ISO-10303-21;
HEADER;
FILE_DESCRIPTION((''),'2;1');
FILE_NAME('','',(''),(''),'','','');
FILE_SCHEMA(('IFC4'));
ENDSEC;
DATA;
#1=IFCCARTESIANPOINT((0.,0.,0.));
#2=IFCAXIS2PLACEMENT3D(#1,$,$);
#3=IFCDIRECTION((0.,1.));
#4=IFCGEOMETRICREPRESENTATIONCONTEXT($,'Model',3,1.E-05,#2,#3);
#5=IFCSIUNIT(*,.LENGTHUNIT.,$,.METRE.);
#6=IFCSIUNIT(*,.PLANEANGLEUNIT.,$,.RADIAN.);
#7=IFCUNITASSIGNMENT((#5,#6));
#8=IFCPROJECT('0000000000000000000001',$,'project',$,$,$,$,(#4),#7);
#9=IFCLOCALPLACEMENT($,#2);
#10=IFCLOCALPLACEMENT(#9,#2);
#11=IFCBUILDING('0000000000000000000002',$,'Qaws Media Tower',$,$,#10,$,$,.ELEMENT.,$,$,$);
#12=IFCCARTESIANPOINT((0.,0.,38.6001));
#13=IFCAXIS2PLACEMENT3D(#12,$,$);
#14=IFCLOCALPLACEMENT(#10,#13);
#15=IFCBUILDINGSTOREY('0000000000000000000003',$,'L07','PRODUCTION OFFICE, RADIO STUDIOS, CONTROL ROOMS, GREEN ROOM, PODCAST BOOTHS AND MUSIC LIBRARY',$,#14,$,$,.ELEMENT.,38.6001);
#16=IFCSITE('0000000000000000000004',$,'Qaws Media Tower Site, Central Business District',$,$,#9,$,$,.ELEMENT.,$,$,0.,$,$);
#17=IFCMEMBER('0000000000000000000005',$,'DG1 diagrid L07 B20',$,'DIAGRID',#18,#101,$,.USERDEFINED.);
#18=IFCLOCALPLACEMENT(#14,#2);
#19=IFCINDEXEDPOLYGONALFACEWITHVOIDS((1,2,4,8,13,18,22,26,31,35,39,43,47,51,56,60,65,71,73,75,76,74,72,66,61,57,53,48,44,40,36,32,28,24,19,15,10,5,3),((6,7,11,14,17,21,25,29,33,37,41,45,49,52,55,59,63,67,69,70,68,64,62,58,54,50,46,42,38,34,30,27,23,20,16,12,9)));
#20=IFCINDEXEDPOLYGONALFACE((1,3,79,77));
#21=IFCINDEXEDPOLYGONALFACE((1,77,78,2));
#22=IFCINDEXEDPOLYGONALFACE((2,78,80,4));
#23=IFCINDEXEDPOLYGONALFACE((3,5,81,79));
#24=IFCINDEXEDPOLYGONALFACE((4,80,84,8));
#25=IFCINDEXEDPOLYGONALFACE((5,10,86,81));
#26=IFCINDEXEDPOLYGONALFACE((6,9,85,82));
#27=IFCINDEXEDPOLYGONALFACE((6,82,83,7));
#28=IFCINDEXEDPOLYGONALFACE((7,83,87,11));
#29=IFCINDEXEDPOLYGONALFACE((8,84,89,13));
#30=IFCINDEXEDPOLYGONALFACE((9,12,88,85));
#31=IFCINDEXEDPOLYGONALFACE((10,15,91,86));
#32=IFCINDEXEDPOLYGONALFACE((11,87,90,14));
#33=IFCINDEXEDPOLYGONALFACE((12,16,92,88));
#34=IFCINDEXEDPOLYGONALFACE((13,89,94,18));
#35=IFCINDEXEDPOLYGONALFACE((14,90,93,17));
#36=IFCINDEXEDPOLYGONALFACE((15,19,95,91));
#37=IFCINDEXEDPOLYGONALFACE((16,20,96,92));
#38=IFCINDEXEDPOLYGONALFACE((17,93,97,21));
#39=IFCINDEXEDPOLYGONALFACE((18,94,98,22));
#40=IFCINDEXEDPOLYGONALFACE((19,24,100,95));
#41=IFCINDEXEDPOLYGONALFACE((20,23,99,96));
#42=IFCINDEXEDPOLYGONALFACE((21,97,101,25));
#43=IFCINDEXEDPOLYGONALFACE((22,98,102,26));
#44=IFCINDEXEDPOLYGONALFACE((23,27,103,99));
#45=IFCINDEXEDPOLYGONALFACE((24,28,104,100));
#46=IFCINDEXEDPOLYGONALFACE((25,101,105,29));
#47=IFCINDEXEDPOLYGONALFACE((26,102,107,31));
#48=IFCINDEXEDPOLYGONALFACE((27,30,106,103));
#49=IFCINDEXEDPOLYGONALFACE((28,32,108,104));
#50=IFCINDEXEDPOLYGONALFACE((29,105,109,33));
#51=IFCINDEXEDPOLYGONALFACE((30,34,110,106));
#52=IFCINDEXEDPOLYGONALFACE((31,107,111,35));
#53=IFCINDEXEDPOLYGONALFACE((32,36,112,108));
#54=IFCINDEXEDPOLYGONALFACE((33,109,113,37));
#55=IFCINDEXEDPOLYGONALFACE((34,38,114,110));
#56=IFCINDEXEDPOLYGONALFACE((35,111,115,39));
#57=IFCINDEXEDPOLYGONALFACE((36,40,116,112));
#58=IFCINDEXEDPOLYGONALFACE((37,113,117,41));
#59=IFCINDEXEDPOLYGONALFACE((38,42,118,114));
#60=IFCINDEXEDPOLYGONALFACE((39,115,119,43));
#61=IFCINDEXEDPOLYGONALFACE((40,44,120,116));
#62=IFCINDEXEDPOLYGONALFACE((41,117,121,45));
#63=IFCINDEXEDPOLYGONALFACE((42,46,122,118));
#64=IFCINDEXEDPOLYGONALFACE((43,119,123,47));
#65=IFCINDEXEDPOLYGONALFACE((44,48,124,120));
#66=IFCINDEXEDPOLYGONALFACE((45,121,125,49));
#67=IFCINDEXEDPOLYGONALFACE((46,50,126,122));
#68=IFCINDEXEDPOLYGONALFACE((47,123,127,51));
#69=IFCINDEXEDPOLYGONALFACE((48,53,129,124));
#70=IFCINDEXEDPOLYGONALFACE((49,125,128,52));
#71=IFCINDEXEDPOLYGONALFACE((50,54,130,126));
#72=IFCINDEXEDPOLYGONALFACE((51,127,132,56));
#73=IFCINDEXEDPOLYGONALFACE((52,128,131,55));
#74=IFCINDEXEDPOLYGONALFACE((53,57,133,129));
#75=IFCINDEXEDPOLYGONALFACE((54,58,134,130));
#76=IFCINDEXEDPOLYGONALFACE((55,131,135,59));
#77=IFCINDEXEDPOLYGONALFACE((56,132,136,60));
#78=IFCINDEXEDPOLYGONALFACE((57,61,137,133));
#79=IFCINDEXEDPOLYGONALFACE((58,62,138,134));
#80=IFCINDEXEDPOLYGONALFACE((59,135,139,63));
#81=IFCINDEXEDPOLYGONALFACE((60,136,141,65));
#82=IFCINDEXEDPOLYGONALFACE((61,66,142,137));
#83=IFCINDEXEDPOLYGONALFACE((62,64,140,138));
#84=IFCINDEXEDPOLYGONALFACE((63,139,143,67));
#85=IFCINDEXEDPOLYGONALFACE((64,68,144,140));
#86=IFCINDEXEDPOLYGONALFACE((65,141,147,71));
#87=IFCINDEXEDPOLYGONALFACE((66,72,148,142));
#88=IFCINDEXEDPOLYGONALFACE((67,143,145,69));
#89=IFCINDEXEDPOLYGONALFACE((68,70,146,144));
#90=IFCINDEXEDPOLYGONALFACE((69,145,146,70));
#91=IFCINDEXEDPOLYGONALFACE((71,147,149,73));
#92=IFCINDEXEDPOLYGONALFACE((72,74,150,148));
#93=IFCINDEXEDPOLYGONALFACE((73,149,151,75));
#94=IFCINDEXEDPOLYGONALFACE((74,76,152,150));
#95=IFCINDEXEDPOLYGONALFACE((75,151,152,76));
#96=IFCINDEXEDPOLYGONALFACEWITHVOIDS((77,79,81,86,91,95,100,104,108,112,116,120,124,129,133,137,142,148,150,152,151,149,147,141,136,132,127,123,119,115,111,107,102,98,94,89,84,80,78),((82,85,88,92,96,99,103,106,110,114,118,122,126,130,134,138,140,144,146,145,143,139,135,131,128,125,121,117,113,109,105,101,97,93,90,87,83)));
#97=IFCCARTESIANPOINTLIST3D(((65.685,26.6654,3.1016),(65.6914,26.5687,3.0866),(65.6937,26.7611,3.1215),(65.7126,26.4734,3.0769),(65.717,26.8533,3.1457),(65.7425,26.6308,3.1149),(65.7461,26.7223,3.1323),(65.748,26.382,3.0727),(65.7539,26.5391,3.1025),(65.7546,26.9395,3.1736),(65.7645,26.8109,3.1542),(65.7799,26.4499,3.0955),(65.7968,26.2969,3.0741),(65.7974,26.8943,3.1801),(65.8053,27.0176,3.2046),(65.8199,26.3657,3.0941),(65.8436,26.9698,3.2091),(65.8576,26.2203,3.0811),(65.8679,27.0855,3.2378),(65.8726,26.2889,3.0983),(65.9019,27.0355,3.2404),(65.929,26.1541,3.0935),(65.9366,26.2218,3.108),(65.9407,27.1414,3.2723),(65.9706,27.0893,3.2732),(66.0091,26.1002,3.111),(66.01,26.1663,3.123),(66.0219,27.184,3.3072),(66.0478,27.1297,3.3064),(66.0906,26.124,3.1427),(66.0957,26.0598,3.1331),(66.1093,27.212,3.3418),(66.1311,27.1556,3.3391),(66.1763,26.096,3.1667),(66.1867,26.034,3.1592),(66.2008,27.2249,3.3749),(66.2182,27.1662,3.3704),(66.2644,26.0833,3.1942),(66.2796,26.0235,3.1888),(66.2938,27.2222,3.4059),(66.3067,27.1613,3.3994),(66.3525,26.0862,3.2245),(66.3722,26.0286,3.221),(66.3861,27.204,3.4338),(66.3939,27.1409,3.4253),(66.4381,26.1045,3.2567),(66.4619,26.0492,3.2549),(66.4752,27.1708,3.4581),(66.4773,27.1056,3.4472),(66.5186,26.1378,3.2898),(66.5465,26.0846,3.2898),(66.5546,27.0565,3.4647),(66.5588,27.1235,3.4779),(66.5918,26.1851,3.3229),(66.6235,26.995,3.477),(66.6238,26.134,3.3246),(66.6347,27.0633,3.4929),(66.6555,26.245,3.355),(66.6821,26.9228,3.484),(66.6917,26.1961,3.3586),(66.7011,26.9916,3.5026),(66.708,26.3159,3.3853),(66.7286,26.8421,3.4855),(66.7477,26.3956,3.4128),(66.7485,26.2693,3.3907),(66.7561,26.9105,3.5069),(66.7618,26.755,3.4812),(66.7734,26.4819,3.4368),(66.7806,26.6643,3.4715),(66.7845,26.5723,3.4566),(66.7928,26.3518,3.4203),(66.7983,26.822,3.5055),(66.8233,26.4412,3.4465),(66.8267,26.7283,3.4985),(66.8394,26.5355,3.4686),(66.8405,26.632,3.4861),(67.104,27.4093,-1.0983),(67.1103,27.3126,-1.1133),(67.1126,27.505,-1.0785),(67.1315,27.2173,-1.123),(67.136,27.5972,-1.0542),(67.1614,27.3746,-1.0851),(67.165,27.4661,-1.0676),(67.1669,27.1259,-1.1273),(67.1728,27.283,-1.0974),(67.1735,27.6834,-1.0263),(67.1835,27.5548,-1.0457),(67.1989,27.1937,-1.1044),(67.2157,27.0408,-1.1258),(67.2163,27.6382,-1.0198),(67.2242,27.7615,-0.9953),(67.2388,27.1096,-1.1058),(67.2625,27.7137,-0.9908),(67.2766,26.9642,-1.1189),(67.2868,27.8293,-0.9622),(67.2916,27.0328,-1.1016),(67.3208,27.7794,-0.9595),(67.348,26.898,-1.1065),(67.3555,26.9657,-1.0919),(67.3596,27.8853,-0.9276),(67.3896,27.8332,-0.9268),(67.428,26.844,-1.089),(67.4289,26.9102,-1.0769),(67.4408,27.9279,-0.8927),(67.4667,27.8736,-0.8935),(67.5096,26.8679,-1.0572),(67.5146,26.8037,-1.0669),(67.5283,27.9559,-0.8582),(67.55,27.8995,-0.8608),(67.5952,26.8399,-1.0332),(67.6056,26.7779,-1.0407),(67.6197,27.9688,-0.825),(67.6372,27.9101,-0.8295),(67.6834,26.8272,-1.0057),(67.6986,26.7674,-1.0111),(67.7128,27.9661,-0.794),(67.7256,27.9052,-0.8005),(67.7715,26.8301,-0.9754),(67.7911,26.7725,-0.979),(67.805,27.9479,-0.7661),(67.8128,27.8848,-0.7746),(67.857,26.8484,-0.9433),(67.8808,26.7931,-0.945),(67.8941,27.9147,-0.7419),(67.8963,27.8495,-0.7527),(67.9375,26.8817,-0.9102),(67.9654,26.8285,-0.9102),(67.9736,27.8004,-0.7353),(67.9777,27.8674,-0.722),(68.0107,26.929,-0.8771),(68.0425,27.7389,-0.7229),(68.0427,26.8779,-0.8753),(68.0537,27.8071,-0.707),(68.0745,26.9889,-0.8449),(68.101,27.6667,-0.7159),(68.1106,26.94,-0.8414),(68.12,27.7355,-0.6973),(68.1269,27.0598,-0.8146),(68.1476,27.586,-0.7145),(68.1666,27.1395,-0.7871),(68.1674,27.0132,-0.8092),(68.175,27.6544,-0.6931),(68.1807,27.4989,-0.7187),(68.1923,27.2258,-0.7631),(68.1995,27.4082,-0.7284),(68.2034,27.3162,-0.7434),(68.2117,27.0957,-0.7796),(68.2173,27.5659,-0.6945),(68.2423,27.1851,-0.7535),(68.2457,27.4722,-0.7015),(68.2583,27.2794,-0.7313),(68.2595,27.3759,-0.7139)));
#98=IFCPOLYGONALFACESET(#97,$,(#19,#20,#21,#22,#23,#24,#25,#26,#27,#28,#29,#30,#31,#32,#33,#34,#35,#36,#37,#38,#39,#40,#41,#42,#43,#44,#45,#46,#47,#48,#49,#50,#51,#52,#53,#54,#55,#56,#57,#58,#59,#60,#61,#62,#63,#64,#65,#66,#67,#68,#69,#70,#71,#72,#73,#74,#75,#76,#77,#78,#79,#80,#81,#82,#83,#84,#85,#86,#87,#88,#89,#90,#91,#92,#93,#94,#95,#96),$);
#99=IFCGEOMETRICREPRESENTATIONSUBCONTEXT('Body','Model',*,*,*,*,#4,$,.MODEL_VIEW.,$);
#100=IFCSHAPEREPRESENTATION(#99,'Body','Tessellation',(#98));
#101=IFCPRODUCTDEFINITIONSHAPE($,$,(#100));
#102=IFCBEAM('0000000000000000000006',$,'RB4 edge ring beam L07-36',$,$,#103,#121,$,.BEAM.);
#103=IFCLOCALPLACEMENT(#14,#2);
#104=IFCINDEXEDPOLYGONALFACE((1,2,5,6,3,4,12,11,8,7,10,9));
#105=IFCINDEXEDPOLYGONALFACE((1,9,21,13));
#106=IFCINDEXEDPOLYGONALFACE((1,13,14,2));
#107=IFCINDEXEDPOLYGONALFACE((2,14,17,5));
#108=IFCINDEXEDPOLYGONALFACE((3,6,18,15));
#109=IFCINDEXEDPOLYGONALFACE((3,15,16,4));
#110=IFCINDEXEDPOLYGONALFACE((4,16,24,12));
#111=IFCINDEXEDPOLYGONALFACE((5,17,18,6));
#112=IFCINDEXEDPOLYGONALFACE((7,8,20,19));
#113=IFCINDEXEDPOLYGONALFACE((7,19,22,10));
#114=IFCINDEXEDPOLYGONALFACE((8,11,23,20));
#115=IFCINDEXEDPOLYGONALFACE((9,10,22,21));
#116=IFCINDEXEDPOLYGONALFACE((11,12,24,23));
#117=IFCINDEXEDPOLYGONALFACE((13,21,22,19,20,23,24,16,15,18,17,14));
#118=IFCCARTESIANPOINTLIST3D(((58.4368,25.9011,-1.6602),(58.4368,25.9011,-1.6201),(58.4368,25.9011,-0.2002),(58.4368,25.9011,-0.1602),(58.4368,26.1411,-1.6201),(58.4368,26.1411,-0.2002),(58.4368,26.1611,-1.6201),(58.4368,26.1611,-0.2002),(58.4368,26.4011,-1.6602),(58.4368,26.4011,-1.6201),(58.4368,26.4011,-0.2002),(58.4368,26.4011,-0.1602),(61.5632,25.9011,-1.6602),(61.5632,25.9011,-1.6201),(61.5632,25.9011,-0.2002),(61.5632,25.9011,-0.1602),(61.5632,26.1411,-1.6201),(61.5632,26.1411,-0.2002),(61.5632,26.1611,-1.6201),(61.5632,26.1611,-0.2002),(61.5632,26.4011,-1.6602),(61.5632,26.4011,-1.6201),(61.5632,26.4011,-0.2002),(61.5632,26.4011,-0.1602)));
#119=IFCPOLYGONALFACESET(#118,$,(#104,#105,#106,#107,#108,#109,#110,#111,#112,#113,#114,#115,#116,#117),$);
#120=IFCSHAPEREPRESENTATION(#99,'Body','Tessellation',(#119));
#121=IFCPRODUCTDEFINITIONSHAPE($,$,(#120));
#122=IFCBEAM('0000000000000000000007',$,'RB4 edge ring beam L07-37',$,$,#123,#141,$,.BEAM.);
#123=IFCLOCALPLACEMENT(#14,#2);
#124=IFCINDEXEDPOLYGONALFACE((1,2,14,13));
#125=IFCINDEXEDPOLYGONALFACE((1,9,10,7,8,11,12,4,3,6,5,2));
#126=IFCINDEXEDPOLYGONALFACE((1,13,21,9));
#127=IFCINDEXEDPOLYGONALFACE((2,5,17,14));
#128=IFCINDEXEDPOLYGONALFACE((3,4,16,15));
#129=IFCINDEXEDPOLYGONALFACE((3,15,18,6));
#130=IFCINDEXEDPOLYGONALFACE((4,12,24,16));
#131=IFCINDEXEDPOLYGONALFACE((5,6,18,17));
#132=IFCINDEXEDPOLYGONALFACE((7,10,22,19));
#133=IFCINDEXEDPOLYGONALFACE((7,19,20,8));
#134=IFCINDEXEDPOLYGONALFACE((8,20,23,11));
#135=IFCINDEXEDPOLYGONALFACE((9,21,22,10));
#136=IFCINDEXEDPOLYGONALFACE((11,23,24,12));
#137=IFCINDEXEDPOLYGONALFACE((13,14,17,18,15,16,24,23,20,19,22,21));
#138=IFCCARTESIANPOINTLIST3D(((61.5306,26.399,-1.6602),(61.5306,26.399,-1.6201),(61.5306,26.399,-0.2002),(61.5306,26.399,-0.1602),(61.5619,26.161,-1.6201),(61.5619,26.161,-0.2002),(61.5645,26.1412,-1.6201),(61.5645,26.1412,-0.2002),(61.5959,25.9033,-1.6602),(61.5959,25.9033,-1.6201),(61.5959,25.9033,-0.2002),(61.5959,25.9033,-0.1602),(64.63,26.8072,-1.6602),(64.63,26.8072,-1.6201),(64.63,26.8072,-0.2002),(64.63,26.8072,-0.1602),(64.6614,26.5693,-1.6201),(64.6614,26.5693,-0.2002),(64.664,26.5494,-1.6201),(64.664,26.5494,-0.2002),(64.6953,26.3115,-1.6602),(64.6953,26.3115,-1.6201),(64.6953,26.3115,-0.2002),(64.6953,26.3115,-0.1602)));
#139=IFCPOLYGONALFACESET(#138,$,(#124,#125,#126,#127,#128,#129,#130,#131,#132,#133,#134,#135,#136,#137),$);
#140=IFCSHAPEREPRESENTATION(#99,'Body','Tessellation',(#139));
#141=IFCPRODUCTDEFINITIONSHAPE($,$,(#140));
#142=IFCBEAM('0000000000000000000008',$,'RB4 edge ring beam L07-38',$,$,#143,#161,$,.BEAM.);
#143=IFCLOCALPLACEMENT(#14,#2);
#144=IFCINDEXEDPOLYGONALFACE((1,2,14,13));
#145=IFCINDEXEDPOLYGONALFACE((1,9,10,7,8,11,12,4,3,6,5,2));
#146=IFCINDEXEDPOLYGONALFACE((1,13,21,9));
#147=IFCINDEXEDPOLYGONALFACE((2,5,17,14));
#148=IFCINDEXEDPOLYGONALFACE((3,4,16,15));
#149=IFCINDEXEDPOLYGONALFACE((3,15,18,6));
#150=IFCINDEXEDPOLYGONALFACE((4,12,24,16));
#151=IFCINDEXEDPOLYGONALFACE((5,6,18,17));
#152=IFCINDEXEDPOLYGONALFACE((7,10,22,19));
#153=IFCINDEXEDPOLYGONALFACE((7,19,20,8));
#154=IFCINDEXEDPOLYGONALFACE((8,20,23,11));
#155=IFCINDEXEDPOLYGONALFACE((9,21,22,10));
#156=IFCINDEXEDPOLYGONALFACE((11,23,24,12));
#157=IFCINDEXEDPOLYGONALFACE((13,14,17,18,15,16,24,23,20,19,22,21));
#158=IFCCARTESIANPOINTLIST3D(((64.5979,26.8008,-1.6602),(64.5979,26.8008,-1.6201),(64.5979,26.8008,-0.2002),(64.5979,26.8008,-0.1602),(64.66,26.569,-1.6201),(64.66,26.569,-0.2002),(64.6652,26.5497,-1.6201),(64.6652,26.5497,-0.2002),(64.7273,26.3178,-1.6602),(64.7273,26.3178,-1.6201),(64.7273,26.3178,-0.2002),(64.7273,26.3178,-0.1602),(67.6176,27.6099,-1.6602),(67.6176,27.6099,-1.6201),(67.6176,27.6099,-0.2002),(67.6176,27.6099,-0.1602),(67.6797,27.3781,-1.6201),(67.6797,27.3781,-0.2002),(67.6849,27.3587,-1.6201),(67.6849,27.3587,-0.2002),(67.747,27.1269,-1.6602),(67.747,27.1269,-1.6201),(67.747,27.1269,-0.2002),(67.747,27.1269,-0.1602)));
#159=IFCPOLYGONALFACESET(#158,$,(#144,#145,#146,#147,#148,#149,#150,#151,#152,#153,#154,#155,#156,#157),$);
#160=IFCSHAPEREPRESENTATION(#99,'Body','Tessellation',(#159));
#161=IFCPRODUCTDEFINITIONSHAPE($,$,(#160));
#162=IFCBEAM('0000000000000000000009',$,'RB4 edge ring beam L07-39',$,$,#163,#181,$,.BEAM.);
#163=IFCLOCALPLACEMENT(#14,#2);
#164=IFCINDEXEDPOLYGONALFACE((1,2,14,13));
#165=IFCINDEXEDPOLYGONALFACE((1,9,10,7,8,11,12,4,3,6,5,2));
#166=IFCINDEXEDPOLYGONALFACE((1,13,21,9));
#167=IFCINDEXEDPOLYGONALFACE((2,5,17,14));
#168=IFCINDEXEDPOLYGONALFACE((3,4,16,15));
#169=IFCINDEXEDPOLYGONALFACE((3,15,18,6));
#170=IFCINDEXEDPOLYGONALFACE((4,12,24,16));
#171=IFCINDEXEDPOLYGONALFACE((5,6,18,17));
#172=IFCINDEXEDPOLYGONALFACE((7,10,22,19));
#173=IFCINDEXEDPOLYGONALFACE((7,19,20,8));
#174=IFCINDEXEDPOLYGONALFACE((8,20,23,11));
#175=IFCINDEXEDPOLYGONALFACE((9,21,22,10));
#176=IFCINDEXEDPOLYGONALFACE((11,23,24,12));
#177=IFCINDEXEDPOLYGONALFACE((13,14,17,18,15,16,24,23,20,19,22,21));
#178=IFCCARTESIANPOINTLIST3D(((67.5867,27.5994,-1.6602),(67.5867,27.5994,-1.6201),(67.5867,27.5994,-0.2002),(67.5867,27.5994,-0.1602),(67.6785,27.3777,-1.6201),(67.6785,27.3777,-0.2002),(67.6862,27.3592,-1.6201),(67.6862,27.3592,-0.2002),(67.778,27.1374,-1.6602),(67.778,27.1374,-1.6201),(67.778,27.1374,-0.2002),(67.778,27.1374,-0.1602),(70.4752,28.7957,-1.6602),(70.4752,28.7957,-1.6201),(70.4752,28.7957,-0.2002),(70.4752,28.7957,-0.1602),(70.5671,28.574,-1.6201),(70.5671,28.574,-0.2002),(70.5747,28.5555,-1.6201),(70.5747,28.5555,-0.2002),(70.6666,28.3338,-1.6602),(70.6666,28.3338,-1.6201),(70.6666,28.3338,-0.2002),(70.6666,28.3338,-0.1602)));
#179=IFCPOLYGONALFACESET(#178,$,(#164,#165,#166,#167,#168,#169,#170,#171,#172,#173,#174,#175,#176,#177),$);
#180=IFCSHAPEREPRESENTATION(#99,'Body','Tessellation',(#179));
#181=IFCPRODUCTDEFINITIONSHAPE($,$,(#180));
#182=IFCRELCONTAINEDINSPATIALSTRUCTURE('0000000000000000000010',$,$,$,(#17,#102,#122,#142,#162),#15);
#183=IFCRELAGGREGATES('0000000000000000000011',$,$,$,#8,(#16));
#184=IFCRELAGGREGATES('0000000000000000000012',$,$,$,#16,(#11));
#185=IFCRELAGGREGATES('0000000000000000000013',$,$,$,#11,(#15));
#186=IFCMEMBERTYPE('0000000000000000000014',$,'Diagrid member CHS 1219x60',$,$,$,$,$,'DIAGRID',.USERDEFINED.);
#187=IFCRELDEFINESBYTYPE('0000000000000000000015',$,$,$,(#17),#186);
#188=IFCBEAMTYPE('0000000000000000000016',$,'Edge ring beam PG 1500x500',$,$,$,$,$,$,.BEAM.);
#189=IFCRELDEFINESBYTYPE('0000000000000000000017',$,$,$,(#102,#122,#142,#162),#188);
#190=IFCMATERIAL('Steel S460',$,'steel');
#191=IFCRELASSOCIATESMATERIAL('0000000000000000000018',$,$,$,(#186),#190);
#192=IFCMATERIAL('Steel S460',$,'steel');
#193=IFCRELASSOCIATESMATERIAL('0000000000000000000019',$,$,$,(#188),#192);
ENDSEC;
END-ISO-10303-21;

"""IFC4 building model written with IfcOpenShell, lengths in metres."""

from ifc_helpers import new_model, si_unit, direction, frame, origin, origin_2d, place, context, subcontext, project, spatial, hollow_circle, i_section, extrude, material, material_profile, profile_set, type_object, element, save


model = new_model("IFC4")

# Units and contexts
model_context = context("Model", 3, precision=1e-05, world=origin(), true_north=direction((0.0, 1.0)))
body_context = subcontext(model_context, "Body", "Model", "MODEL_VIEW")
ifc_project = project(units=[si_unit("LENGTHUNIT", "METRE"), si_unit("PLANEANGLEUNIT", "RADIAN")], contexts=[model_context])

# Site, building, storey
site_placement = place(None, origin())
site = spatial("IfcSite", under=ifc_project, at=site_placement, Name="Qaws Media Tower Site, Central Business District", CompositionType="ELEMENT", RefElevation=0.0)
building_placement = place(site_placement, origin())
building = spatial("IfcBuilding", under=site, at=building_placement, Name="Qaws Media Tower", CompositionType="ELEMENT")
storey_placement = place(building_placement, frame((0.0, 0.0, 38.6001)))
storey = spatial("IfcBuildingStorey", under=building, at=storey_placement, Name="L07", Description="PRODUCTION OFFICE, RADIO STUDIOS, CONTROL ROOMS, GREEN ROOM, PODCAST BOOTHS AND MUSIC LIBRARY", CompositionType="ELEMENT", Elevation=38.6001)

# Member
ifc_material_1 = material(Name="Steel S460", Category="steel")
ifc_material_profile_1 = material_profile(ifc_material_1, hollow_circle(Radius=0.6096, WallThickness=0.0601, at=origin_2d()), Name="CHS 1219x60")
ifc_profile_set_1 = profile_set([ifc_material_profile_1], Name="Steel S460")
member_type_1 = type_object("IfcMemberType", Name="Diagrid member CHS 1219x60", ElementType="DIAGRID", PredefinedType="USERDEFINED", material=ifc_profile_set_1)
for number, where, z_axis, x_axis, name in (
    (1, (67.6824, 27.3684, -0.9102), (-0.315661, -0.165489, 0.934329), (0.46432, -0.885667, 0.0), "DG1 diagrid L07 B20"),
):
    element("IfcMember", number, at=place(storey_placement, frame(where, z_axis=z_axis, x_axis=x_axis)), inside=storey, type_object=member_type_1, Name=name, ObjectType="DIAGRID", PredefinedType="USERDEFINED", context=body_context, shape_type="SweptSolid", body=[
        extrude(hollow_circle(Radius=0.6096, WallThickness=0.0601, at=origin_2d()), origin(), (0.0, 0.0, 1.0), 4.4951),
    ])

# Beams
ifc_material_2 = material(Name="Steel S460", Category="steel")
ifc_material_profile_2 = material_profile(ifc_material_2, i_section(OverallWidth=0.5, OverallDepth=1.5, WebThickness=0.02, FlangeThickness=0.04, at=origin_2d()), Name="PG 1500x500")
ifc_profile_set_2 = profile_set([ifc_material_profile_2], Name="Steel S460")
beam_type_1 = type_object("IfcBeamType", Name="Edge ring beam PG 1500x500", PredefinedType="BEAM", material=ifc_profile_set_2)
beam_1_placement = place(storey_placement, frame((58.4368, 26.1511, -0.9102), z_axis=(1.0, 0.0, 0.0), x_axis=(0.0, 1.0, 0.0)))
element("IfcBeam", 2, at=beam_1_placement, inside=storey, type_object=beam_type_1, Name="RB4 edge ring beam L07-36", PredefinedType="BEAM", context=body_context, shape_type="SweptSolid", body=[
    extrude(i_section(OverallWidth=0.5, OverallDepth=1.5, WebThickness=0.02, FlangeThickness=0.04, at=origin_2d()), origin(), (0.0, 0.0, 1.0), 3.1265),
])
for number, where, z_axis, x_axis, name in (
    (3, (61.5632, 26.1511, -0.9102), (0.991438, 0.130578, 0.0), (-0.130578, 0.991438, 0.0), "RB4 edge ring beam L07-37"),
    (4, (64.6626, 26.5593, -0.9102), (0.965931, 0.2588, 0.0), (-0.2588, 0.965931, 0.0), "RB4 edge ring beam L07-38"),
):
    element("IfcBeam", number, at=place(storey_placement, frame(where, z_axis=z_axis, x_axis=x_axis)), inside=storey, type_object=beam_type_1, Name=name, PredefinedType="BEAM", context=body_context, shape_type="SweptSolid", body=[
        extrude(i_section(OverallWidth=0.5, OverallDepth=1.5, WebThickness=0.02, FlangeThickness=0.04, at=origin_2d()), origin(), (0.0, 0.0, 1.0), 3.1262),
    ])
beam_2_placement = place(storey_placement, frame((67.6824, 27.3684, -0.9102), z_axis=(0.923895, 0.382646, 0.0), x_axis=(-0.382646, 0.923895, 0.0)))
element("IfcBeam", 5, at=beam_2_placement, inside=storey, type_object=beam_type_1, Name="RB4 edge ring beam L07-39", PredefinedType="BEAM", context=body_context, shape_type="SweptSolid", body=[
    extrude(i_section(OverallWidth=0.5, OverallDepth=1.5, WebThickness=0.02, FlangeThickness=0.04, at=origin_2d()), origin(), (0.0, 0.0, 1.0), 3.1265),
])

save(model, "model.ifc")
